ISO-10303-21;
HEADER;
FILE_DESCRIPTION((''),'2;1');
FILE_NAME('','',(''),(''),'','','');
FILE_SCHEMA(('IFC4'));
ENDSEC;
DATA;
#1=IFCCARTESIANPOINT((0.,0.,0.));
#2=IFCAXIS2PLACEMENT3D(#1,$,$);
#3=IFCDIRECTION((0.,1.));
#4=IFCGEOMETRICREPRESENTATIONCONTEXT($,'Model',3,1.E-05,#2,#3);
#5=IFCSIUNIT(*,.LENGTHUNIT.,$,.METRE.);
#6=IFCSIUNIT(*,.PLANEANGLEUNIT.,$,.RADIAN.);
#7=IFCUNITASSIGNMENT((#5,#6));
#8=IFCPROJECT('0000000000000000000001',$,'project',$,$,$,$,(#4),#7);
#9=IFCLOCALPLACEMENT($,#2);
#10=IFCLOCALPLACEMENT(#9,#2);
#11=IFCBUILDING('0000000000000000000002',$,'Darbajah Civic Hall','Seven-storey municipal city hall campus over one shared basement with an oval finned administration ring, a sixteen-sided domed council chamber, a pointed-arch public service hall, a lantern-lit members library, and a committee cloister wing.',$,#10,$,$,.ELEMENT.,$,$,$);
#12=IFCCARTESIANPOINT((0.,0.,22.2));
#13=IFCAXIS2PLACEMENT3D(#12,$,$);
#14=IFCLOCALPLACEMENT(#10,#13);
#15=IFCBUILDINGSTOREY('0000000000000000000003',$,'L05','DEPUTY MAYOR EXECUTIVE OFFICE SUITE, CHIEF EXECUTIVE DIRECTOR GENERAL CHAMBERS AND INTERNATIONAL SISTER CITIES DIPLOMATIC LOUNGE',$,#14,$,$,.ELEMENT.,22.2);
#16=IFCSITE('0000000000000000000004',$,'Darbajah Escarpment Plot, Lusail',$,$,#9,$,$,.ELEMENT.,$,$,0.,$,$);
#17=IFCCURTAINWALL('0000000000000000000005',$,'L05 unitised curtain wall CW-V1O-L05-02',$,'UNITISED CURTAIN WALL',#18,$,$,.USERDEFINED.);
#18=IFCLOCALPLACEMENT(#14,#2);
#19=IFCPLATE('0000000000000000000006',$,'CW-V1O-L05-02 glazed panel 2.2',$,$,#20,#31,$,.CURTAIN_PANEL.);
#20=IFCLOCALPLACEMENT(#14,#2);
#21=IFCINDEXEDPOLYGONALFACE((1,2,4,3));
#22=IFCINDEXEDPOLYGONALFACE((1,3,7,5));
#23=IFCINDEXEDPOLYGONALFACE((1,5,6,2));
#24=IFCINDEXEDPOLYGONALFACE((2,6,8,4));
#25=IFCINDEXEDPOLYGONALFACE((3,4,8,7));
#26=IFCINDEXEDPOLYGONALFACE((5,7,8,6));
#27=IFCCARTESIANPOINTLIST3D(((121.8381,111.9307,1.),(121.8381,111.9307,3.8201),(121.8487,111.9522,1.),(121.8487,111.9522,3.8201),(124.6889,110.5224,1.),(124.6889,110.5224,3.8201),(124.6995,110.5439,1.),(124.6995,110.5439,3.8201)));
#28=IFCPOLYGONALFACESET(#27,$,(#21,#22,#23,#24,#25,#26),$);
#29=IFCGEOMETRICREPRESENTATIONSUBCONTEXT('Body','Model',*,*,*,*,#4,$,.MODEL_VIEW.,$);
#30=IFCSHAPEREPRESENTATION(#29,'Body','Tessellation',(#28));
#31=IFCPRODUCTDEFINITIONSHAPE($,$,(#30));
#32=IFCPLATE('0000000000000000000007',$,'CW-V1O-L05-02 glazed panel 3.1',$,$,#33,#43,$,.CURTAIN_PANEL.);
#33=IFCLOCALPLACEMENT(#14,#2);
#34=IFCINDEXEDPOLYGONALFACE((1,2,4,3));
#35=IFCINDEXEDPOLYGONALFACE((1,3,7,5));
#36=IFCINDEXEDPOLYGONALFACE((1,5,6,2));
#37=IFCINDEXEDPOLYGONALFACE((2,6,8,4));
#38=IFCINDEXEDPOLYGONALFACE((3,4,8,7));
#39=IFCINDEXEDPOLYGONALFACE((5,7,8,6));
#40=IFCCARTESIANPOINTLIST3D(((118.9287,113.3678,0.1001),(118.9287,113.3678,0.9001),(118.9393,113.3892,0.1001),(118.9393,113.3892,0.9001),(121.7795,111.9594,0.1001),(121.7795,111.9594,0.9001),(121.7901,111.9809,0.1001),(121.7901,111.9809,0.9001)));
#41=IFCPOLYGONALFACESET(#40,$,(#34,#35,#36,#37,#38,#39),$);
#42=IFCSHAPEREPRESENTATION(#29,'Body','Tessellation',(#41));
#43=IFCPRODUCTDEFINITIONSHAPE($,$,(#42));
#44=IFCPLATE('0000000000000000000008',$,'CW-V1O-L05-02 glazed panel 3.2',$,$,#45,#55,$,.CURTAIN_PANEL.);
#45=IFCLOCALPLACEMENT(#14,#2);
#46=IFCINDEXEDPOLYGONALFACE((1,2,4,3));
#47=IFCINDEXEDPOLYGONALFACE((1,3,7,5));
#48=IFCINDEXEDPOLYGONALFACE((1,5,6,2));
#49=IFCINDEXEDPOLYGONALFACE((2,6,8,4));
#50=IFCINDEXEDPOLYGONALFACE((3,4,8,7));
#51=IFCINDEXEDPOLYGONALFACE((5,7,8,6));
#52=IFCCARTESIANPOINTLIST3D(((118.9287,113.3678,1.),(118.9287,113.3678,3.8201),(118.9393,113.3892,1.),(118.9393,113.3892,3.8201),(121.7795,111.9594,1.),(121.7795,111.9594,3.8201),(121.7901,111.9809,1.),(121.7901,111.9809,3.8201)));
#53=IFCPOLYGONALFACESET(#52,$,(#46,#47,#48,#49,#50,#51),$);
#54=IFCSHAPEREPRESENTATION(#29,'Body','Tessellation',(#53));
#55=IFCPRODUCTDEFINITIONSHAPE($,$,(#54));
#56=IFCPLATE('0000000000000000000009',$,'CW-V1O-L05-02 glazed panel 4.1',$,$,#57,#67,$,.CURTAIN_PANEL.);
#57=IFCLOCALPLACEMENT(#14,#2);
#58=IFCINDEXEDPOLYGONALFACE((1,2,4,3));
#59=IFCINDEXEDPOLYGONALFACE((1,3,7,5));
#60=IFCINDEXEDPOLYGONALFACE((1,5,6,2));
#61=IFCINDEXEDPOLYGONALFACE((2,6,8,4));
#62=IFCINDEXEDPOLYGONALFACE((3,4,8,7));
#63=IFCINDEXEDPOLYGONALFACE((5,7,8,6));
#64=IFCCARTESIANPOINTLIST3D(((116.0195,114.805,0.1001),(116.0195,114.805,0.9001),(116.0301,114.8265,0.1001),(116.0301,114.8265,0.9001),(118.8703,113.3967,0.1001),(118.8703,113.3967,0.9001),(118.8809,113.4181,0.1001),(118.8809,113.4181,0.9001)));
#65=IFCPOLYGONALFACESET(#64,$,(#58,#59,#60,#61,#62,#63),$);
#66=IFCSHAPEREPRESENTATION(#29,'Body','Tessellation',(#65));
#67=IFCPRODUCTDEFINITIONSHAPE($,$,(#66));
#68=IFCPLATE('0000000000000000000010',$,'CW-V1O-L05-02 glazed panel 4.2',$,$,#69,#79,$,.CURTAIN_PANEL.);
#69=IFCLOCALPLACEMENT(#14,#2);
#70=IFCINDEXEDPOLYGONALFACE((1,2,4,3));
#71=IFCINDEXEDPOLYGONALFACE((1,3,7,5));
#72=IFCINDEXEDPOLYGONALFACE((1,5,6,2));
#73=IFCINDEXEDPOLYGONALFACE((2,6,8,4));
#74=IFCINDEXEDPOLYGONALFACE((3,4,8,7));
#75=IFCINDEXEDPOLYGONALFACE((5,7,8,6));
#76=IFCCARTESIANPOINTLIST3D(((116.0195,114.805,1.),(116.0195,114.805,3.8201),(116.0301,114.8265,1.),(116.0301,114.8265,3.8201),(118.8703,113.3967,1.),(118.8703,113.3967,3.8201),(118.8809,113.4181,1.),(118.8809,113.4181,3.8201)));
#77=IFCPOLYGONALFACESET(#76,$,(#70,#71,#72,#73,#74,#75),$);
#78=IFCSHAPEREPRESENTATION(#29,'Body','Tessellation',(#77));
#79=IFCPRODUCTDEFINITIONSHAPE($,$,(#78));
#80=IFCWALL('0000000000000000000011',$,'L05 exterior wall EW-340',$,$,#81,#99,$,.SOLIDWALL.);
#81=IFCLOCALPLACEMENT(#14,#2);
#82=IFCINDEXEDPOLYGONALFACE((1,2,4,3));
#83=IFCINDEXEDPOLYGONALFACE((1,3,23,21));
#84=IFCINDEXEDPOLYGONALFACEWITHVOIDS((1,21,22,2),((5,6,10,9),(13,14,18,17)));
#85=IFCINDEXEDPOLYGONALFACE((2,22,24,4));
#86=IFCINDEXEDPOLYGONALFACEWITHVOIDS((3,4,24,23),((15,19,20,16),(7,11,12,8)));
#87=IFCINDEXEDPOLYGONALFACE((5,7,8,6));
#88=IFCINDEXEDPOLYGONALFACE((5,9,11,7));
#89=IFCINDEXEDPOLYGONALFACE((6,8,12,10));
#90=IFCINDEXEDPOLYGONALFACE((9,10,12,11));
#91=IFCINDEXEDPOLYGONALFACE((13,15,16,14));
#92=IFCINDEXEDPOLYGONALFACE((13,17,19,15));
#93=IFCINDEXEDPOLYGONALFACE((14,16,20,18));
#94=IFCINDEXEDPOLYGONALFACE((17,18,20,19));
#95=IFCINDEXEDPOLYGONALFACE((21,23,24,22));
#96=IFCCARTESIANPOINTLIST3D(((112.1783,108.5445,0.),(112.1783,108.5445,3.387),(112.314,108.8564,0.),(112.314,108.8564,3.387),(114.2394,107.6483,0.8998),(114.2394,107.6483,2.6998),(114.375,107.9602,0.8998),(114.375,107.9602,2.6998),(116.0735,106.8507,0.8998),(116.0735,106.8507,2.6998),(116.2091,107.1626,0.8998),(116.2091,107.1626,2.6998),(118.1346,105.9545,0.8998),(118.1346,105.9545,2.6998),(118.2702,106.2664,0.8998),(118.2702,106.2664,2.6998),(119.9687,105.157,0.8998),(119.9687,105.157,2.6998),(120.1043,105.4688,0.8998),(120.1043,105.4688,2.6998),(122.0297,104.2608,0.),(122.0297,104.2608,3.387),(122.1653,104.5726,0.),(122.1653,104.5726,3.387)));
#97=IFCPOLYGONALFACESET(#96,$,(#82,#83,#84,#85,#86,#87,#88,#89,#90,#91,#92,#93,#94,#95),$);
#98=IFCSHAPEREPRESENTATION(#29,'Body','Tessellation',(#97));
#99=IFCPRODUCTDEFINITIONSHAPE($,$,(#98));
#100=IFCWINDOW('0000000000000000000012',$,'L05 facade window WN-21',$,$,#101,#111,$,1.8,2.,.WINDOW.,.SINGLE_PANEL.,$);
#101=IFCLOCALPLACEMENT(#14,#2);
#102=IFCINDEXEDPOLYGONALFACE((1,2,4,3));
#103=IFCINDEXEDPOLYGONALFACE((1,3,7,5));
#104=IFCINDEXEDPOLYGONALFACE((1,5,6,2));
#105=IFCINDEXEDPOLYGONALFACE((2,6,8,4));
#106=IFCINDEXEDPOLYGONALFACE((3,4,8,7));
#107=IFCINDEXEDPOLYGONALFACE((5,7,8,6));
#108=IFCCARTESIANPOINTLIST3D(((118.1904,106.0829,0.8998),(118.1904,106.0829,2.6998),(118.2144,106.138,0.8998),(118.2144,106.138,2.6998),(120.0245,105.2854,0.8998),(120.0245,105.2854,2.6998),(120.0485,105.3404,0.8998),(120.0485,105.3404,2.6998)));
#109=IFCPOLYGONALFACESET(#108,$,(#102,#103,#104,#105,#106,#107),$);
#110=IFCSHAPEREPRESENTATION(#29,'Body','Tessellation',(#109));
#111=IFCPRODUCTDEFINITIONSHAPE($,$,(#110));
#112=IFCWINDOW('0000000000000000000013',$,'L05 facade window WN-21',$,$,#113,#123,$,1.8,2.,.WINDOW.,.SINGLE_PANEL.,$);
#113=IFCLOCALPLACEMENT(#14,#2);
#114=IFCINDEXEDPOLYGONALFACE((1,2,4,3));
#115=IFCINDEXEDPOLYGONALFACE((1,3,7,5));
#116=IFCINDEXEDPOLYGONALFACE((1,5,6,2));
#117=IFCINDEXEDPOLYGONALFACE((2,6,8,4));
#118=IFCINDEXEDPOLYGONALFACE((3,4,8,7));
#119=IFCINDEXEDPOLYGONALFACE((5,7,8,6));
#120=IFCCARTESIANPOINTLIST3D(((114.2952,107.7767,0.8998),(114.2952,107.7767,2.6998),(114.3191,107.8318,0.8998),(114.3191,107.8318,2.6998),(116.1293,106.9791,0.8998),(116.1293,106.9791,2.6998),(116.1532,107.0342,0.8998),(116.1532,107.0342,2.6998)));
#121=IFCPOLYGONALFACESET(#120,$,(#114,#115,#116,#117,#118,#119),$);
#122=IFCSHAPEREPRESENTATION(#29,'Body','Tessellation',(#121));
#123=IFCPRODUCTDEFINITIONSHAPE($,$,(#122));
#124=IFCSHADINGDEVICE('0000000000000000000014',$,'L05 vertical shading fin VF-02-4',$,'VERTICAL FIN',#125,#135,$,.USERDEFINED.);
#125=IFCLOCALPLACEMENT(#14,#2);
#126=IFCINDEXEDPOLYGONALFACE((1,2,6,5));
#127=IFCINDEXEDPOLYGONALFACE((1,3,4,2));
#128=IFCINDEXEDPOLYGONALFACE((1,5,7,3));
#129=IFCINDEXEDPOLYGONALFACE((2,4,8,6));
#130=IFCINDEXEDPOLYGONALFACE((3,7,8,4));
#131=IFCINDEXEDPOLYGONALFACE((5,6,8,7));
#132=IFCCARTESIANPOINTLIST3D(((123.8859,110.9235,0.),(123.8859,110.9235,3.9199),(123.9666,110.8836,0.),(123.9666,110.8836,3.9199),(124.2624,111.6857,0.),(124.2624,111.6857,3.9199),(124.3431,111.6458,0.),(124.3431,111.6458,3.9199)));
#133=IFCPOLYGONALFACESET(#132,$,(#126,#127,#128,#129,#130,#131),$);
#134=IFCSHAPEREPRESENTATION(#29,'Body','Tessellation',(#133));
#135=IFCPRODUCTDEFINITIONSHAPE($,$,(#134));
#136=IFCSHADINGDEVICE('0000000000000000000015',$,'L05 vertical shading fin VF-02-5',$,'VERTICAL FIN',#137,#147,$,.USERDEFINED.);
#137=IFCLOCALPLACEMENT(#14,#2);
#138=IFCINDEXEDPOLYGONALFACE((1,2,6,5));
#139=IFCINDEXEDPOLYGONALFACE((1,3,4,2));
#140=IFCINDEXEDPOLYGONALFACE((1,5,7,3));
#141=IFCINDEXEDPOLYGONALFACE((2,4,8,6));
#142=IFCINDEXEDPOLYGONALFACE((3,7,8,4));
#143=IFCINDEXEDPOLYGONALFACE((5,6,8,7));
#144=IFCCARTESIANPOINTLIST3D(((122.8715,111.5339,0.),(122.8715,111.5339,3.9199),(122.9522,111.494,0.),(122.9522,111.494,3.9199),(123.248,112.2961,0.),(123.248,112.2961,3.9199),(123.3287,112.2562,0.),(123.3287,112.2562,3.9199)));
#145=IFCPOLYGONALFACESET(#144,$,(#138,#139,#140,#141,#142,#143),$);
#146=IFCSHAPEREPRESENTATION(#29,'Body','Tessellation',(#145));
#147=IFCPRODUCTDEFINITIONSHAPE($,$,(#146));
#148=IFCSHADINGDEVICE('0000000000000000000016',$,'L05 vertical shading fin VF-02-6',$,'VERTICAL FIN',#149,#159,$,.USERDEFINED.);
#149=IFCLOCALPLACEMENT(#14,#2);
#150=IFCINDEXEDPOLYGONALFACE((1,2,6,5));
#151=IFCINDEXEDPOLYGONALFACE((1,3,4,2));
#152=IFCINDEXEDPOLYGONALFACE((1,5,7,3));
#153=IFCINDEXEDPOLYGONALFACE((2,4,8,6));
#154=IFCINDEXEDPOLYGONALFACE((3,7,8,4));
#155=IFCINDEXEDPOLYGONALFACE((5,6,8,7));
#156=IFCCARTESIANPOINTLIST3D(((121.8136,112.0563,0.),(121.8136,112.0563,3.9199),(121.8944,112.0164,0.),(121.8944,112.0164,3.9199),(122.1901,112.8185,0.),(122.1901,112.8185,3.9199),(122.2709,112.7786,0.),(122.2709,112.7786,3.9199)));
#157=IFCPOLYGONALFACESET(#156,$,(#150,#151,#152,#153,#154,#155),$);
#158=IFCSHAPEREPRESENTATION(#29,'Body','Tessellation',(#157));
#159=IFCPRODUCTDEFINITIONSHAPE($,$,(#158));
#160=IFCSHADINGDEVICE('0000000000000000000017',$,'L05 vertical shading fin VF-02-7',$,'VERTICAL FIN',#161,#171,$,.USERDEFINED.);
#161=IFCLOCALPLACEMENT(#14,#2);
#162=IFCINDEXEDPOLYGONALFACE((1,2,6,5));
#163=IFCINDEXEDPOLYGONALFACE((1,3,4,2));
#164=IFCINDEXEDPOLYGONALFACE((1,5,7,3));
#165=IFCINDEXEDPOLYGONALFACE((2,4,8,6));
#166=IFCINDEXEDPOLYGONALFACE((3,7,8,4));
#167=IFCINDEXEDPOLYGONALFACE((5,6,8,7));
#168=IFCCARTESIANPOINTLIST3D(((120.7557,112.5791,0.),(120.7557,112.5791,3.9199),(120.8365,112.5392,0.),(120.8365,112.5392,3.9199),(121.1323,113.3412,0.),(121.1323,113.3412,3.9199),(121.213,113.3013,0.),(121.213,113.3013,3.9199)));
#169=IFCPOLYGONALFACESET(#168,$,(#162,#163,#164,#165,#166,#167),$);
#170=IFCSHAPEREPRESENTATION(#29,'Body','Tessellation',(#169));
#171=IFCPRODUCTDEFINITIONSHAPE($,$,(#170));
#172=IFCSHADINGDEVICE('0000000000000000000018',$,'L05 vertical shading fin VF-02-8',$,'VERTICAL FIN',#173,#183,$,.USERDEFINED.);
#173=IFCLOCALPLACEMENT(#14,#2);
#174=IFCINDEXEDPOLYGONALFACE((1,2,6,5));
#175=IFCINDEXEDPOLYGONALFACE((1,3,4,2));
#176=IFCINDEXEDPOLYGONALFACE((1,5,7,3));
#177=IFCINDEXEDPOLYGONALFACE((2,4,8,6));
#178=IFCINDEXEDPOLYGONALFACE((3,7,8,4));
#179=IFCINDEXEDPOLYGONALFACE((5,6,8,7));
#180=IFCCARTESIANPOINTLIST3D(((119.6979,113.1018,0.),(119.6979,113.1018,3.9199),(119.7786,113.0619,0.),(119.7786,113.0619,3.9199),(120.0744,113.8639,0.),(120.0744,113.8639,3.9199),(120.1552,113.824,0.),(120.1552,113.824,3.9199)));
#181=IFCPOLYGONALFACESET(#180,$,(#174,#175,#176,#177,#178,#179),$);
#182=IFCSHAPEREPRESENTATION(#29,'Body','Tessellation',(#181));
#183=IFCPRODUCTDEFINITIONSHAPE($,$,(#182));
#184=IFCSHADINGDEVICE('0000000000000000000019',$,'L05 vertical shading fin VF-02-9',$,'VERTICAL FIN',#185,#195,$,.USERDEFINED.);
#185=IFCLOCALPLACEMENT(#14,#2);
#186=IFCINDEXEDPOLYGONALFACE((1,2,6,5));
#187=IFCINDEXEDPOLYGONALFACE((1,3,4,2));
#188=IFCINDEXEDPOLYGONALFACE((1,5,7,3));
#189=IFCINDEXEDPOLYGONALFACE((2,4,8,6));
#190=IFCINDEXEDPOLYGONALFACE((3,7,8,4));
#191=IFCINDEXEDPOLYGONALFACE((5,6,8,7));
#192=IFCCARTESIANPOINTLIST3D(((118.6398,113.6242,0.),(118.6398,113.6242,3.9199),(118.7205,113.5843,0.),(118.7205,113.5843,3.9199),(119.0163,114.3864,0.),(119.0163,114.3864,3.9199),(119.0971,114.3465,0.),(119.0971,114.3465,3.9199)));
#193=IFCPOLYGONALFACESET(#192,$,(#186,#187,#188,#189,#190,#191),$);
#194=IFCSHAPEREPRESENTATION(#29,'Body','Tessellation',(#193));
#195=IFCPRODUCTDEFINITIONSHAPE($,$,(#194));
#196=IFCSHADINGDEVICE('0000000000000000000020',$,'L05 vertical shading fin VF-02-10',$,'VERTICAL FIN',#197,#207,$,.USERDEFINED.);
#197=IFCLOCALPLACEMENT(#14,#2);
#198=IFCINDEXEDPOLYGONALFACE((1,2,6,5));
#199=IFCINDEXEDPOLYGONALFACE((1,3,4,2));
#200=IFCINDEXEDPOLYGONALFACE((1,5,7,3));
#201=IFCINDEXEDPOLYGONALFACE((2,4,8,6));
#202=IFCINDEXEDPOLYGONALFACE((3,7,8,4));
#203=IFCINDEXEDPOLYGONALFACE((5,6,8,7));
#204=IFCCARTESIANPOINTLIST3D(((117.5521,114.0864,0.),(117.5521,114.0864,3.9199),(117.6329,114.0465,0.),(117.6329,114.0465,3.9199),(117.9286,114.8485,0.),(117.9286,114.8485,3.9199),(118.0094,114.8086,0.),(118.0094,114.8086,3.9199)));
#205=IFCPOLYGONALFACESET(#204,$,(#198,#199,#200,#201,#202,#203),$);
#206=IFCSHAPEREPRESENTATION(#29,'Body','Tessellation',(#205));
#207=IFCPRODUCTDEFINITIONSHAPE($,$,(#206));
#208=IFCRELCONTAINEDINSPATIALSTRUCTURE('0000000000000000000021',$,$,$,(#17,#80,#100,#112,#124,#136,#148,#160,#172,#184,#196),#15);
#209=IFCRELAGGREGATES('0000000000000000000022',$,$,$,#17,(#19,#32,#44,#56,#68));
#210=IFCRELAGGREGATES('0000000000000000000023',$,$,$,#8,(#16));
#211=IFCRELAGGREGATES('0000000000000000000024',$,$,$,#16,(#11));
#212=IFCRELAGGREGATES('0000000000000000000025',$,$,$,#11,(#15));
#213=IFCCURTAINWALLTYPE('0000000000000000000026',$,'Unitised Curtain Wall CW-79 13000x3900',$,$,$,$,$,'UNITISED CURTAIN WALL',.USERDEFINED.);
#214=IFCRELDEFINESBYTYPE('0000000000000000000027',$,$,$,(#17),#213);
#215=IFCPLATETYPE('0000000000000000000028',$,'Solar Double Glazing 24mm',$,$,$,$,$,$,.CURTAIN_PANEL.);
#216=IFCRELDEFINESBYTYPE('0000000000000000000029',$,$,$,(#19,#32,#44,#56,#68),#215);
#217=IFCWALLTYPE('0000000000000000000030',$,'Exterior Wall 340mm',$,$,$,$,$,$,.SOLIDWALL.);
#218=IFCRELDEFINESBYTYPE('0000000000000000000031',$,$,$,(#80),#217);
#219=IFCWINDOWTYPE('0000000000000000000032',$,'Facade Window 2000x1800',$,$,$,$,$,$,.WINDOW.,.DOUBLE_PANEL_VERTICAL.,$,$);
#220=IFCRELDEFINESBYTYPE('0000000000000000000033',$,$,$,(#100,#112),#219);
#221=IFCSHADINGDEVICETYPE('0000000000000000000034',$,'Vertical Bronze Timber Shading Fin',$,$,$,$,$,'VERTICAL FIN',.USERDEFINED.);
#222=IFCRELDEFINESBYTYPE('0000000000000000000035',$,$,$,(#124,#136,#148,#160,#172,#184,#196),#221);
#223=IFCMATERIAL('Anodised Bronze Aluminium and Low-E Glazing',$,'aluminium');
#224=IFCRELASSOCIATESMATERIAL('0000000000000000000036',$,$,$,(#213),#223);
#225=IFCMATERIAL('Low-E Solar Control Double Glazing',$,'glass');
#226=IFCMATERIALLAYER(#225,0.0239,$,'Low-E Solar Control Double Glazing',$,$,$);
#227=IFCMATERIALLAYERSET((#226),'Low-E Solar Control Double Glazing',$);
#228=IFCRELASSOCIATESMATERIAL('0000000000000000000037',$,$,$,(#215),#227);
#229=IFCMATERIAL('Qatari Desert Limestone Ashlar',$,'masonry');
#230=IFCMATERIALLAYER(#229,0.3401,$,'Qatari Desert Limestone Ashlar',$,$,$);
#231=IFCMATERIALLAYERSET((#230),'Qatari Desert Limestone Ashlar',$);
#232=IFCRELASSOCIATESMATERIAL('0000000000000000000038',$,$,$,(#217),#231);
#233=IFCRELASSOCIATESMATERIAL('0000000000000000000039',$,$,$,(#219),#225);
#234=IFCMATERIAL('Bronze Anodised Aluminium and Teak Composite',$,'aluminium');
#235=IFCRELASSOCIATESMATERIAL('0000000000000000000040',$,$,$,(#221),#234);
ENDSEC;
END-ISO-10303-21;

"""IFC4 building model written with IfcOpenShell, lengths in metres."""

from ifc_helpers import new_model, si_unit, direction, frame, frame_2d, origin, origin_2d, place, context, subcontext, project, spatial, rectangle, extrude, material, layer, layer_set, type_object, element, fill, aggregate, save


model = new_model("IFC4")

# Units and contexts
model_context = context("Model", 3, precision=1e-05, world=origin(), true_north=direction((0.0, 1.0)))
body_context = subcontext(model_context, "Body", "Model", "MODEL_VIEW")
ifc_project = project(units=[si_unit("LENGTHUNIT", "METRE"), si_unit("PLANEANGLEUNIT", "RADIAN")], contexts=[model_context])

# Site, building, storey
site_placement = place(None, origin())
site = spatial("IfcSite", under=ifc_project, at=site_placement, Name="Darbajah Escarpment Plot, Lusail", CompositionType="ELEMENT", RefElevation=0.0)
building_placement = place(site_placement, origin())
building = spatial("IfcBuilding", under=site, at=building_placement, Name="Darbajah Civic Hall", Description="Seven-storey municipal city hall campus over one shared basement with an oval finned administration ring, a sixteen-sided domed council chamber, a pointed-arch public service hall, a lantern-lit members library, and a committee cloister wing.", CompositionType="ELEMENT")
storey_placement = place(building_placement, frame((0.0, 0.0, 22.2)))
storey = spatial("IfcBuildingStorey", under=building, at=storey_placement, Name="L05", Description="DEPUTY MAYOR EXECUTIVE OFFICE SUITE, CHIEF EXECUTIVE DIRECTOR GENERAL CHAMBERS AND INTERNATIONAL SISTER CITIES DIPLOMATIC LOUNGE", CompositionType="ELEMENT", Elevation=22.2)

# Curtain wall
ifc_material_1 = material(Name="Anodised Bronze Aluminium and Low-E Glazing", Category="aluminium")
curtain_wall_type = type_object("IfcCurtainWallType", Name="Unitised Curtain Wall CW-79 13000x3900", ElementType="UNITISED CURTAIN WALL", PredefinedType="USERDEFINED", material=ifc_material_1)
curtain_wall_placement = place(storey_placement, origin())
curtain_wall = element("IfcCurtainWall", 1, at=curtain_wall_placement, inside=storey, type_object=curtain_wall_type, Name="L05 unitised curtain wall CW-V1O-L05-02", ObjectType="UNITISED CURTAIN WALL", PredefinedType="USERDEFINED")

# Plates
ifc_material_2 = material(Name="Low-E Solar Control Double Glazing", Category="glass")
ifc_layer_1 = layer(ifc_material_2, 0.0239, Name="Low-E Solar Control Double Glazing")
ifc_layer_set_1 = layer_set([ifc_layer_1], Name="Low-E Solar Control Double Glazing")
plate_type = type_object("IfcPlateType", Name="Solar Double Glazing 24mm", PredefinedType="CURTAIN_PANEL", material=ifc_layer_set_1)
plate_1_placement = place(storey_placement, frame((123.2688, 111.2373, 1.0), z_axis=(0.0, 0.0, 1.0), x_axis=(-0.896564, 0.442915, 0.0)))
plate_1 = element("IfcPlate", 2, at=plate_1_placement, type_object=plate_type, Name="CW-V1O-L05-02 glazed panel 2.2", PredefinedType="CURTAIN_PANEL", context=body_context, shape_type="SweptSolid", body=[
    extrude(rectangle(XDim=3.1797, YDim=0.0239, at=origin_2d()), origin(), (0.0, 0.0, 1.0), 2.8201),
])
plate_2_placement = place(storey_placement, frame((120.3594, 112.6743, 0.1001), z_axis=(0.0, 0.0, 1.0), x_axis=(-0.896564, 0.442915, 0.0)))
plate_2 = element("IfcPlate", 3, at=plate_2_placement, type_object=plate_type, Name="CW-V1O-L05-02 glazed panel 3.1", PredefinedType="CURTAIN_PANEL", context=body_context, shape_type="SweptSolid", body=[
    extrude(rectangle(XDim=3.1797, YDim=0.0239, at=origin_2d()), origin(), (0.0, 0.0, 1.0), 0.8),
])
plate_3_placement = place(storey_placement, frame((120.3594, 112.6743, 1.0), z_axis=(0.0, 0.0, 1.0), x_axis=(-0.896564, 0.442915, 0.0)))
plate_3 = element("IfcPlate", 4, at=plate_3_placement, type_object=plate_type, Name="CW-V1O-L05-02 glazed panel 3.2", PredefinedType="CURTAIN_PANEL", context=body_context, shape_type="SweptSolid", body=[
    extrude(rectangle(XDim=3.1797, YDim=0.0239, at=origin_2d()), origin(), (0.0, 0.0, 1.0), 2.8201),
])
plate_4_placement = place(storey_placement, frame((117.4502, 114.1116, 0.1001), z_axis=(0.0, 0.0, 1.0), x_axis=(-0.896564, 0.442915, 0.0)))
plate_4 = element("IfcPlate", 5, at=plate_4_placement, type_object=plate_type, Name="CW-V1O-L05-02 glazed panel 4.1", PredefinedType="CURTAIN_PANEL", context=body_context, shape_type="SweptSolid", body=[
    extrude(rectangle(XDim=3.1797, YDim=0.0239, at=origin_2d()), origin(), (0.0, 0.0, 1.0), 0.8),
])
plate_5_placement = place(storey_placement, frame((117.4502, 114.1116, 1.0), z_axis=(0.0, 0.0, 1.0), x_axis=(-0.896564, 0.442915, 0.0)))
plate_5 = element("IfcPlate", 6, at=plate_5_placement, type_object=plate_type, Name="CW-V1O-L05-02 glazed panel 4.2", PredefinedType="CURTAIN_PANEL", context=body_context, shape_type="SweptSolid", body=[
    extrude(rectangle(XDim=3.1797, YDim=0.0239, at=origin_2d()), origin(), (0.0, 0.0, 1.0), 2.8201),
])
aggregate(curtain_wall, [plate_1, plate_2, plate_3, plate_4, plate_5])

# Wall, openings, windows
ifc_material_3 = material(Name="Qatari Desert Limestone Ashlar", Category="masonry")
ifc_layer_2 = layer(ifc_material_3, 0.3401, Name="Qatari Desert Limestone Ashlar")
ifc_layer_set_2 = layer_set([ifc_layer_2], Name="Qatari Desert Limestone Ashlar")
wall_type = type_object("IfcWallType", Name="Exterior Wall 340mm", PredefinedType="SOLIDWALL", material=ifc_layer_set_2)
wall_placement = place(storey_placement, frame((122.0974, 104.4167, 0.0), z_axis=(0.0, 0.0, 1.0), x_axis=(-0.917053, 0.398766, 0.0)))
wall = element("IfcWall", 7, at=wall_placement, inside=storey, type_object=wall_type, Name="L05 exterior wall EW-340", PredefinedType="SOLIDWALL", context=body_context, shape_type="SweptSolid", body=[
    extrude(rectangle(XDim=10.7424, YDim=0.3401, at=frame_2d((5.3711, 0.0))), origin(), (0.0, 0.0, 1.0), 3.387),
])
opening_1_placement = place(wall_placement, frame((2.2473, 0.0, 0.8999)))
opening_1 = element("IfcOpeningElement", 8, at=opening_1_placement, cuts=wall, PredefinedType="OPENING", context=body_context, shape_type="SweptSolid", body=[
    extrude(rectangle(XDim=2.0, YDim=1.8, at=frame_2d((1.0, 0.8999))), frame((0.0, 0.1799, 0.0), z_axis=(0.0, -1.0, 0.0), x_axis=(1.0, 0.0, 0.0)), (0.0, 0.0, 1.0), 0.3601),
])
opening_2_placement = place(wall_placement, frame((6.4949, 0.0, 0.8999)))
opening_2 = element("IfcOpeningElement", 9, at=opening_2_placement, cuts=wall, PredefinedType="OPENING", context=body_context, shape_type="SweptSolid", body=[
    extrude(rectangle(XDim=2.0, YDim=1.8, at=frame_2d((1.0, 0.8999))), frame((0.0, 0.1799, 0.0), z_axis=(0.0, -1.0, 0.0), x_axis=(1.0, 0.0, 0.0)), (0.0, 0.0, 1.0), 0.3601),
])
window_type = type_object("IfcWindowType", Name="Facade Window 2000x1800", PartitioningType="DOUBLE_PANEL_VERTICAL", PredefinedType="WINDOW", material=ifc_material_2)
window_1_placement = place(opening_1_placement, origin())
window_1 = element("IfcWindow", 10, at=window_1_placement, inside=storey, type_object=window_type, Name="L05 facade window WN-21", OverallHeight=1.8, OverallWidth=2.0, PartitioningType="SINGLE_PANEL", PredefinedType="WINDOW", context=body_context, shape_type="SweptSolid", body=[
    extrude(rectangle(XDim=2.0, YDim=1.8, at=frame_2d((1.0, 0.8999))), frame((0.0, 0.03, 0.0), z_axis=(0.0, -1.0, 0.0), x_axis=(1.0, 0.0, 0.0)), (0.0, 0.0, 1.0), 0.0601),
])
fill(opening_1, window_1)
window_2_placement = place(opening_2_placement, origin())
window_2 = element("IfcWindow", 11, at=window_2_placement, inside=storey, type_object=window_type, Name="L05 facade window WN-21", OverallHeight=1.8, OverallWidth=2.0, PartitioningType="SINGLE_PANEL", PredefinedType="WINDOW", context=body_context, shape_type="SweptSolid", body=[
    extrude(rectangle(XDim=2.0, YDim=1.8, at=frame_2d((1.0, 0.8999))), frame((0.0, 0.03, 0.0), z_axis=(0.0, -1.0, 0.0), x_axis=(1.0, 0.0, 0.0)), (0.0, 0.0, 1.0), 0.0601),
])
fill(opening_2, window_2)

# Shading devices
ifc_material_4 = material(Name="Bronze Anodised Aluminium and Teak Composite", Category="aluminium")
shading_device_type = type_object("IfcShadingDeviceType", Name="Vertical Bronze Timber Shading Fin", ElementType="VERTICAL FIN", PredefinedType="USERDEFINED", material=ifc_material_4)
for number, where, z_axis, x_axis, name in (
    (12, (124.1145, 111.2847, 0.0), (0.0, 0.0, 1.0), (0.442915, 0.896564, 0.0), "L05 vertical shading fin VF-02-4"),
    (13, (123.1001, 111.895, 0.0), (0.0, 0.0, 1.0), (0.442915, 0.896564, 0.0), "L05 vertical shading fin VF-02-5"),
    (14, (122.0422, 112.4175, 0.0), (0.0, 0.0, 1.0), (0.442915, 0.896564, 0.0), "L05 vertical shading fin VF-02-6"),
    (15, (120.9844, 112.9402, 0.0), (0.0, 0.0, 1.0), (0.442915, 0.896564, 0.0), "L05 vertical shading fin VF-02-7"),
    (16, (119.9265, 113.4629, 0.0), (0.0, 0.0, 1.0), (0.442915, 0.896564, 0.0), "L05 vertical shading fin VF-02-8"),
    (17, (118.8684, 113.9854, 0.0), (0.0, 0.0, 1.0), (0.442915, 0.896564, 0.0), "L05 vertical shading fin VF-02-9"),
    (18, (117.7808, 114.4475, 0.0), (0.0, 0.0, 1.0), (0.442915, 0.896564, 0.0), "L05 vertical shading fin VF-02-10"),
):
    element("IfcShadingDevice", number, at=place(storey_placement, frame(where, z_axis=z_axis, x_axis=x_axis)), inside=storey, type_object=shading_device_type, Name=name, ObjectType="VERTICAL FIN", PredefinedType="USERDEFINED", context=body_context, shape_type="SweptSolid", body=[
        extrude(rectangle(XDim=0.8501, YDim=0.0901, at=origin_2d()), origin(), (0.0, 0.0, 1.0), 3.9199),
    ])

save(model, "model.ifc")
